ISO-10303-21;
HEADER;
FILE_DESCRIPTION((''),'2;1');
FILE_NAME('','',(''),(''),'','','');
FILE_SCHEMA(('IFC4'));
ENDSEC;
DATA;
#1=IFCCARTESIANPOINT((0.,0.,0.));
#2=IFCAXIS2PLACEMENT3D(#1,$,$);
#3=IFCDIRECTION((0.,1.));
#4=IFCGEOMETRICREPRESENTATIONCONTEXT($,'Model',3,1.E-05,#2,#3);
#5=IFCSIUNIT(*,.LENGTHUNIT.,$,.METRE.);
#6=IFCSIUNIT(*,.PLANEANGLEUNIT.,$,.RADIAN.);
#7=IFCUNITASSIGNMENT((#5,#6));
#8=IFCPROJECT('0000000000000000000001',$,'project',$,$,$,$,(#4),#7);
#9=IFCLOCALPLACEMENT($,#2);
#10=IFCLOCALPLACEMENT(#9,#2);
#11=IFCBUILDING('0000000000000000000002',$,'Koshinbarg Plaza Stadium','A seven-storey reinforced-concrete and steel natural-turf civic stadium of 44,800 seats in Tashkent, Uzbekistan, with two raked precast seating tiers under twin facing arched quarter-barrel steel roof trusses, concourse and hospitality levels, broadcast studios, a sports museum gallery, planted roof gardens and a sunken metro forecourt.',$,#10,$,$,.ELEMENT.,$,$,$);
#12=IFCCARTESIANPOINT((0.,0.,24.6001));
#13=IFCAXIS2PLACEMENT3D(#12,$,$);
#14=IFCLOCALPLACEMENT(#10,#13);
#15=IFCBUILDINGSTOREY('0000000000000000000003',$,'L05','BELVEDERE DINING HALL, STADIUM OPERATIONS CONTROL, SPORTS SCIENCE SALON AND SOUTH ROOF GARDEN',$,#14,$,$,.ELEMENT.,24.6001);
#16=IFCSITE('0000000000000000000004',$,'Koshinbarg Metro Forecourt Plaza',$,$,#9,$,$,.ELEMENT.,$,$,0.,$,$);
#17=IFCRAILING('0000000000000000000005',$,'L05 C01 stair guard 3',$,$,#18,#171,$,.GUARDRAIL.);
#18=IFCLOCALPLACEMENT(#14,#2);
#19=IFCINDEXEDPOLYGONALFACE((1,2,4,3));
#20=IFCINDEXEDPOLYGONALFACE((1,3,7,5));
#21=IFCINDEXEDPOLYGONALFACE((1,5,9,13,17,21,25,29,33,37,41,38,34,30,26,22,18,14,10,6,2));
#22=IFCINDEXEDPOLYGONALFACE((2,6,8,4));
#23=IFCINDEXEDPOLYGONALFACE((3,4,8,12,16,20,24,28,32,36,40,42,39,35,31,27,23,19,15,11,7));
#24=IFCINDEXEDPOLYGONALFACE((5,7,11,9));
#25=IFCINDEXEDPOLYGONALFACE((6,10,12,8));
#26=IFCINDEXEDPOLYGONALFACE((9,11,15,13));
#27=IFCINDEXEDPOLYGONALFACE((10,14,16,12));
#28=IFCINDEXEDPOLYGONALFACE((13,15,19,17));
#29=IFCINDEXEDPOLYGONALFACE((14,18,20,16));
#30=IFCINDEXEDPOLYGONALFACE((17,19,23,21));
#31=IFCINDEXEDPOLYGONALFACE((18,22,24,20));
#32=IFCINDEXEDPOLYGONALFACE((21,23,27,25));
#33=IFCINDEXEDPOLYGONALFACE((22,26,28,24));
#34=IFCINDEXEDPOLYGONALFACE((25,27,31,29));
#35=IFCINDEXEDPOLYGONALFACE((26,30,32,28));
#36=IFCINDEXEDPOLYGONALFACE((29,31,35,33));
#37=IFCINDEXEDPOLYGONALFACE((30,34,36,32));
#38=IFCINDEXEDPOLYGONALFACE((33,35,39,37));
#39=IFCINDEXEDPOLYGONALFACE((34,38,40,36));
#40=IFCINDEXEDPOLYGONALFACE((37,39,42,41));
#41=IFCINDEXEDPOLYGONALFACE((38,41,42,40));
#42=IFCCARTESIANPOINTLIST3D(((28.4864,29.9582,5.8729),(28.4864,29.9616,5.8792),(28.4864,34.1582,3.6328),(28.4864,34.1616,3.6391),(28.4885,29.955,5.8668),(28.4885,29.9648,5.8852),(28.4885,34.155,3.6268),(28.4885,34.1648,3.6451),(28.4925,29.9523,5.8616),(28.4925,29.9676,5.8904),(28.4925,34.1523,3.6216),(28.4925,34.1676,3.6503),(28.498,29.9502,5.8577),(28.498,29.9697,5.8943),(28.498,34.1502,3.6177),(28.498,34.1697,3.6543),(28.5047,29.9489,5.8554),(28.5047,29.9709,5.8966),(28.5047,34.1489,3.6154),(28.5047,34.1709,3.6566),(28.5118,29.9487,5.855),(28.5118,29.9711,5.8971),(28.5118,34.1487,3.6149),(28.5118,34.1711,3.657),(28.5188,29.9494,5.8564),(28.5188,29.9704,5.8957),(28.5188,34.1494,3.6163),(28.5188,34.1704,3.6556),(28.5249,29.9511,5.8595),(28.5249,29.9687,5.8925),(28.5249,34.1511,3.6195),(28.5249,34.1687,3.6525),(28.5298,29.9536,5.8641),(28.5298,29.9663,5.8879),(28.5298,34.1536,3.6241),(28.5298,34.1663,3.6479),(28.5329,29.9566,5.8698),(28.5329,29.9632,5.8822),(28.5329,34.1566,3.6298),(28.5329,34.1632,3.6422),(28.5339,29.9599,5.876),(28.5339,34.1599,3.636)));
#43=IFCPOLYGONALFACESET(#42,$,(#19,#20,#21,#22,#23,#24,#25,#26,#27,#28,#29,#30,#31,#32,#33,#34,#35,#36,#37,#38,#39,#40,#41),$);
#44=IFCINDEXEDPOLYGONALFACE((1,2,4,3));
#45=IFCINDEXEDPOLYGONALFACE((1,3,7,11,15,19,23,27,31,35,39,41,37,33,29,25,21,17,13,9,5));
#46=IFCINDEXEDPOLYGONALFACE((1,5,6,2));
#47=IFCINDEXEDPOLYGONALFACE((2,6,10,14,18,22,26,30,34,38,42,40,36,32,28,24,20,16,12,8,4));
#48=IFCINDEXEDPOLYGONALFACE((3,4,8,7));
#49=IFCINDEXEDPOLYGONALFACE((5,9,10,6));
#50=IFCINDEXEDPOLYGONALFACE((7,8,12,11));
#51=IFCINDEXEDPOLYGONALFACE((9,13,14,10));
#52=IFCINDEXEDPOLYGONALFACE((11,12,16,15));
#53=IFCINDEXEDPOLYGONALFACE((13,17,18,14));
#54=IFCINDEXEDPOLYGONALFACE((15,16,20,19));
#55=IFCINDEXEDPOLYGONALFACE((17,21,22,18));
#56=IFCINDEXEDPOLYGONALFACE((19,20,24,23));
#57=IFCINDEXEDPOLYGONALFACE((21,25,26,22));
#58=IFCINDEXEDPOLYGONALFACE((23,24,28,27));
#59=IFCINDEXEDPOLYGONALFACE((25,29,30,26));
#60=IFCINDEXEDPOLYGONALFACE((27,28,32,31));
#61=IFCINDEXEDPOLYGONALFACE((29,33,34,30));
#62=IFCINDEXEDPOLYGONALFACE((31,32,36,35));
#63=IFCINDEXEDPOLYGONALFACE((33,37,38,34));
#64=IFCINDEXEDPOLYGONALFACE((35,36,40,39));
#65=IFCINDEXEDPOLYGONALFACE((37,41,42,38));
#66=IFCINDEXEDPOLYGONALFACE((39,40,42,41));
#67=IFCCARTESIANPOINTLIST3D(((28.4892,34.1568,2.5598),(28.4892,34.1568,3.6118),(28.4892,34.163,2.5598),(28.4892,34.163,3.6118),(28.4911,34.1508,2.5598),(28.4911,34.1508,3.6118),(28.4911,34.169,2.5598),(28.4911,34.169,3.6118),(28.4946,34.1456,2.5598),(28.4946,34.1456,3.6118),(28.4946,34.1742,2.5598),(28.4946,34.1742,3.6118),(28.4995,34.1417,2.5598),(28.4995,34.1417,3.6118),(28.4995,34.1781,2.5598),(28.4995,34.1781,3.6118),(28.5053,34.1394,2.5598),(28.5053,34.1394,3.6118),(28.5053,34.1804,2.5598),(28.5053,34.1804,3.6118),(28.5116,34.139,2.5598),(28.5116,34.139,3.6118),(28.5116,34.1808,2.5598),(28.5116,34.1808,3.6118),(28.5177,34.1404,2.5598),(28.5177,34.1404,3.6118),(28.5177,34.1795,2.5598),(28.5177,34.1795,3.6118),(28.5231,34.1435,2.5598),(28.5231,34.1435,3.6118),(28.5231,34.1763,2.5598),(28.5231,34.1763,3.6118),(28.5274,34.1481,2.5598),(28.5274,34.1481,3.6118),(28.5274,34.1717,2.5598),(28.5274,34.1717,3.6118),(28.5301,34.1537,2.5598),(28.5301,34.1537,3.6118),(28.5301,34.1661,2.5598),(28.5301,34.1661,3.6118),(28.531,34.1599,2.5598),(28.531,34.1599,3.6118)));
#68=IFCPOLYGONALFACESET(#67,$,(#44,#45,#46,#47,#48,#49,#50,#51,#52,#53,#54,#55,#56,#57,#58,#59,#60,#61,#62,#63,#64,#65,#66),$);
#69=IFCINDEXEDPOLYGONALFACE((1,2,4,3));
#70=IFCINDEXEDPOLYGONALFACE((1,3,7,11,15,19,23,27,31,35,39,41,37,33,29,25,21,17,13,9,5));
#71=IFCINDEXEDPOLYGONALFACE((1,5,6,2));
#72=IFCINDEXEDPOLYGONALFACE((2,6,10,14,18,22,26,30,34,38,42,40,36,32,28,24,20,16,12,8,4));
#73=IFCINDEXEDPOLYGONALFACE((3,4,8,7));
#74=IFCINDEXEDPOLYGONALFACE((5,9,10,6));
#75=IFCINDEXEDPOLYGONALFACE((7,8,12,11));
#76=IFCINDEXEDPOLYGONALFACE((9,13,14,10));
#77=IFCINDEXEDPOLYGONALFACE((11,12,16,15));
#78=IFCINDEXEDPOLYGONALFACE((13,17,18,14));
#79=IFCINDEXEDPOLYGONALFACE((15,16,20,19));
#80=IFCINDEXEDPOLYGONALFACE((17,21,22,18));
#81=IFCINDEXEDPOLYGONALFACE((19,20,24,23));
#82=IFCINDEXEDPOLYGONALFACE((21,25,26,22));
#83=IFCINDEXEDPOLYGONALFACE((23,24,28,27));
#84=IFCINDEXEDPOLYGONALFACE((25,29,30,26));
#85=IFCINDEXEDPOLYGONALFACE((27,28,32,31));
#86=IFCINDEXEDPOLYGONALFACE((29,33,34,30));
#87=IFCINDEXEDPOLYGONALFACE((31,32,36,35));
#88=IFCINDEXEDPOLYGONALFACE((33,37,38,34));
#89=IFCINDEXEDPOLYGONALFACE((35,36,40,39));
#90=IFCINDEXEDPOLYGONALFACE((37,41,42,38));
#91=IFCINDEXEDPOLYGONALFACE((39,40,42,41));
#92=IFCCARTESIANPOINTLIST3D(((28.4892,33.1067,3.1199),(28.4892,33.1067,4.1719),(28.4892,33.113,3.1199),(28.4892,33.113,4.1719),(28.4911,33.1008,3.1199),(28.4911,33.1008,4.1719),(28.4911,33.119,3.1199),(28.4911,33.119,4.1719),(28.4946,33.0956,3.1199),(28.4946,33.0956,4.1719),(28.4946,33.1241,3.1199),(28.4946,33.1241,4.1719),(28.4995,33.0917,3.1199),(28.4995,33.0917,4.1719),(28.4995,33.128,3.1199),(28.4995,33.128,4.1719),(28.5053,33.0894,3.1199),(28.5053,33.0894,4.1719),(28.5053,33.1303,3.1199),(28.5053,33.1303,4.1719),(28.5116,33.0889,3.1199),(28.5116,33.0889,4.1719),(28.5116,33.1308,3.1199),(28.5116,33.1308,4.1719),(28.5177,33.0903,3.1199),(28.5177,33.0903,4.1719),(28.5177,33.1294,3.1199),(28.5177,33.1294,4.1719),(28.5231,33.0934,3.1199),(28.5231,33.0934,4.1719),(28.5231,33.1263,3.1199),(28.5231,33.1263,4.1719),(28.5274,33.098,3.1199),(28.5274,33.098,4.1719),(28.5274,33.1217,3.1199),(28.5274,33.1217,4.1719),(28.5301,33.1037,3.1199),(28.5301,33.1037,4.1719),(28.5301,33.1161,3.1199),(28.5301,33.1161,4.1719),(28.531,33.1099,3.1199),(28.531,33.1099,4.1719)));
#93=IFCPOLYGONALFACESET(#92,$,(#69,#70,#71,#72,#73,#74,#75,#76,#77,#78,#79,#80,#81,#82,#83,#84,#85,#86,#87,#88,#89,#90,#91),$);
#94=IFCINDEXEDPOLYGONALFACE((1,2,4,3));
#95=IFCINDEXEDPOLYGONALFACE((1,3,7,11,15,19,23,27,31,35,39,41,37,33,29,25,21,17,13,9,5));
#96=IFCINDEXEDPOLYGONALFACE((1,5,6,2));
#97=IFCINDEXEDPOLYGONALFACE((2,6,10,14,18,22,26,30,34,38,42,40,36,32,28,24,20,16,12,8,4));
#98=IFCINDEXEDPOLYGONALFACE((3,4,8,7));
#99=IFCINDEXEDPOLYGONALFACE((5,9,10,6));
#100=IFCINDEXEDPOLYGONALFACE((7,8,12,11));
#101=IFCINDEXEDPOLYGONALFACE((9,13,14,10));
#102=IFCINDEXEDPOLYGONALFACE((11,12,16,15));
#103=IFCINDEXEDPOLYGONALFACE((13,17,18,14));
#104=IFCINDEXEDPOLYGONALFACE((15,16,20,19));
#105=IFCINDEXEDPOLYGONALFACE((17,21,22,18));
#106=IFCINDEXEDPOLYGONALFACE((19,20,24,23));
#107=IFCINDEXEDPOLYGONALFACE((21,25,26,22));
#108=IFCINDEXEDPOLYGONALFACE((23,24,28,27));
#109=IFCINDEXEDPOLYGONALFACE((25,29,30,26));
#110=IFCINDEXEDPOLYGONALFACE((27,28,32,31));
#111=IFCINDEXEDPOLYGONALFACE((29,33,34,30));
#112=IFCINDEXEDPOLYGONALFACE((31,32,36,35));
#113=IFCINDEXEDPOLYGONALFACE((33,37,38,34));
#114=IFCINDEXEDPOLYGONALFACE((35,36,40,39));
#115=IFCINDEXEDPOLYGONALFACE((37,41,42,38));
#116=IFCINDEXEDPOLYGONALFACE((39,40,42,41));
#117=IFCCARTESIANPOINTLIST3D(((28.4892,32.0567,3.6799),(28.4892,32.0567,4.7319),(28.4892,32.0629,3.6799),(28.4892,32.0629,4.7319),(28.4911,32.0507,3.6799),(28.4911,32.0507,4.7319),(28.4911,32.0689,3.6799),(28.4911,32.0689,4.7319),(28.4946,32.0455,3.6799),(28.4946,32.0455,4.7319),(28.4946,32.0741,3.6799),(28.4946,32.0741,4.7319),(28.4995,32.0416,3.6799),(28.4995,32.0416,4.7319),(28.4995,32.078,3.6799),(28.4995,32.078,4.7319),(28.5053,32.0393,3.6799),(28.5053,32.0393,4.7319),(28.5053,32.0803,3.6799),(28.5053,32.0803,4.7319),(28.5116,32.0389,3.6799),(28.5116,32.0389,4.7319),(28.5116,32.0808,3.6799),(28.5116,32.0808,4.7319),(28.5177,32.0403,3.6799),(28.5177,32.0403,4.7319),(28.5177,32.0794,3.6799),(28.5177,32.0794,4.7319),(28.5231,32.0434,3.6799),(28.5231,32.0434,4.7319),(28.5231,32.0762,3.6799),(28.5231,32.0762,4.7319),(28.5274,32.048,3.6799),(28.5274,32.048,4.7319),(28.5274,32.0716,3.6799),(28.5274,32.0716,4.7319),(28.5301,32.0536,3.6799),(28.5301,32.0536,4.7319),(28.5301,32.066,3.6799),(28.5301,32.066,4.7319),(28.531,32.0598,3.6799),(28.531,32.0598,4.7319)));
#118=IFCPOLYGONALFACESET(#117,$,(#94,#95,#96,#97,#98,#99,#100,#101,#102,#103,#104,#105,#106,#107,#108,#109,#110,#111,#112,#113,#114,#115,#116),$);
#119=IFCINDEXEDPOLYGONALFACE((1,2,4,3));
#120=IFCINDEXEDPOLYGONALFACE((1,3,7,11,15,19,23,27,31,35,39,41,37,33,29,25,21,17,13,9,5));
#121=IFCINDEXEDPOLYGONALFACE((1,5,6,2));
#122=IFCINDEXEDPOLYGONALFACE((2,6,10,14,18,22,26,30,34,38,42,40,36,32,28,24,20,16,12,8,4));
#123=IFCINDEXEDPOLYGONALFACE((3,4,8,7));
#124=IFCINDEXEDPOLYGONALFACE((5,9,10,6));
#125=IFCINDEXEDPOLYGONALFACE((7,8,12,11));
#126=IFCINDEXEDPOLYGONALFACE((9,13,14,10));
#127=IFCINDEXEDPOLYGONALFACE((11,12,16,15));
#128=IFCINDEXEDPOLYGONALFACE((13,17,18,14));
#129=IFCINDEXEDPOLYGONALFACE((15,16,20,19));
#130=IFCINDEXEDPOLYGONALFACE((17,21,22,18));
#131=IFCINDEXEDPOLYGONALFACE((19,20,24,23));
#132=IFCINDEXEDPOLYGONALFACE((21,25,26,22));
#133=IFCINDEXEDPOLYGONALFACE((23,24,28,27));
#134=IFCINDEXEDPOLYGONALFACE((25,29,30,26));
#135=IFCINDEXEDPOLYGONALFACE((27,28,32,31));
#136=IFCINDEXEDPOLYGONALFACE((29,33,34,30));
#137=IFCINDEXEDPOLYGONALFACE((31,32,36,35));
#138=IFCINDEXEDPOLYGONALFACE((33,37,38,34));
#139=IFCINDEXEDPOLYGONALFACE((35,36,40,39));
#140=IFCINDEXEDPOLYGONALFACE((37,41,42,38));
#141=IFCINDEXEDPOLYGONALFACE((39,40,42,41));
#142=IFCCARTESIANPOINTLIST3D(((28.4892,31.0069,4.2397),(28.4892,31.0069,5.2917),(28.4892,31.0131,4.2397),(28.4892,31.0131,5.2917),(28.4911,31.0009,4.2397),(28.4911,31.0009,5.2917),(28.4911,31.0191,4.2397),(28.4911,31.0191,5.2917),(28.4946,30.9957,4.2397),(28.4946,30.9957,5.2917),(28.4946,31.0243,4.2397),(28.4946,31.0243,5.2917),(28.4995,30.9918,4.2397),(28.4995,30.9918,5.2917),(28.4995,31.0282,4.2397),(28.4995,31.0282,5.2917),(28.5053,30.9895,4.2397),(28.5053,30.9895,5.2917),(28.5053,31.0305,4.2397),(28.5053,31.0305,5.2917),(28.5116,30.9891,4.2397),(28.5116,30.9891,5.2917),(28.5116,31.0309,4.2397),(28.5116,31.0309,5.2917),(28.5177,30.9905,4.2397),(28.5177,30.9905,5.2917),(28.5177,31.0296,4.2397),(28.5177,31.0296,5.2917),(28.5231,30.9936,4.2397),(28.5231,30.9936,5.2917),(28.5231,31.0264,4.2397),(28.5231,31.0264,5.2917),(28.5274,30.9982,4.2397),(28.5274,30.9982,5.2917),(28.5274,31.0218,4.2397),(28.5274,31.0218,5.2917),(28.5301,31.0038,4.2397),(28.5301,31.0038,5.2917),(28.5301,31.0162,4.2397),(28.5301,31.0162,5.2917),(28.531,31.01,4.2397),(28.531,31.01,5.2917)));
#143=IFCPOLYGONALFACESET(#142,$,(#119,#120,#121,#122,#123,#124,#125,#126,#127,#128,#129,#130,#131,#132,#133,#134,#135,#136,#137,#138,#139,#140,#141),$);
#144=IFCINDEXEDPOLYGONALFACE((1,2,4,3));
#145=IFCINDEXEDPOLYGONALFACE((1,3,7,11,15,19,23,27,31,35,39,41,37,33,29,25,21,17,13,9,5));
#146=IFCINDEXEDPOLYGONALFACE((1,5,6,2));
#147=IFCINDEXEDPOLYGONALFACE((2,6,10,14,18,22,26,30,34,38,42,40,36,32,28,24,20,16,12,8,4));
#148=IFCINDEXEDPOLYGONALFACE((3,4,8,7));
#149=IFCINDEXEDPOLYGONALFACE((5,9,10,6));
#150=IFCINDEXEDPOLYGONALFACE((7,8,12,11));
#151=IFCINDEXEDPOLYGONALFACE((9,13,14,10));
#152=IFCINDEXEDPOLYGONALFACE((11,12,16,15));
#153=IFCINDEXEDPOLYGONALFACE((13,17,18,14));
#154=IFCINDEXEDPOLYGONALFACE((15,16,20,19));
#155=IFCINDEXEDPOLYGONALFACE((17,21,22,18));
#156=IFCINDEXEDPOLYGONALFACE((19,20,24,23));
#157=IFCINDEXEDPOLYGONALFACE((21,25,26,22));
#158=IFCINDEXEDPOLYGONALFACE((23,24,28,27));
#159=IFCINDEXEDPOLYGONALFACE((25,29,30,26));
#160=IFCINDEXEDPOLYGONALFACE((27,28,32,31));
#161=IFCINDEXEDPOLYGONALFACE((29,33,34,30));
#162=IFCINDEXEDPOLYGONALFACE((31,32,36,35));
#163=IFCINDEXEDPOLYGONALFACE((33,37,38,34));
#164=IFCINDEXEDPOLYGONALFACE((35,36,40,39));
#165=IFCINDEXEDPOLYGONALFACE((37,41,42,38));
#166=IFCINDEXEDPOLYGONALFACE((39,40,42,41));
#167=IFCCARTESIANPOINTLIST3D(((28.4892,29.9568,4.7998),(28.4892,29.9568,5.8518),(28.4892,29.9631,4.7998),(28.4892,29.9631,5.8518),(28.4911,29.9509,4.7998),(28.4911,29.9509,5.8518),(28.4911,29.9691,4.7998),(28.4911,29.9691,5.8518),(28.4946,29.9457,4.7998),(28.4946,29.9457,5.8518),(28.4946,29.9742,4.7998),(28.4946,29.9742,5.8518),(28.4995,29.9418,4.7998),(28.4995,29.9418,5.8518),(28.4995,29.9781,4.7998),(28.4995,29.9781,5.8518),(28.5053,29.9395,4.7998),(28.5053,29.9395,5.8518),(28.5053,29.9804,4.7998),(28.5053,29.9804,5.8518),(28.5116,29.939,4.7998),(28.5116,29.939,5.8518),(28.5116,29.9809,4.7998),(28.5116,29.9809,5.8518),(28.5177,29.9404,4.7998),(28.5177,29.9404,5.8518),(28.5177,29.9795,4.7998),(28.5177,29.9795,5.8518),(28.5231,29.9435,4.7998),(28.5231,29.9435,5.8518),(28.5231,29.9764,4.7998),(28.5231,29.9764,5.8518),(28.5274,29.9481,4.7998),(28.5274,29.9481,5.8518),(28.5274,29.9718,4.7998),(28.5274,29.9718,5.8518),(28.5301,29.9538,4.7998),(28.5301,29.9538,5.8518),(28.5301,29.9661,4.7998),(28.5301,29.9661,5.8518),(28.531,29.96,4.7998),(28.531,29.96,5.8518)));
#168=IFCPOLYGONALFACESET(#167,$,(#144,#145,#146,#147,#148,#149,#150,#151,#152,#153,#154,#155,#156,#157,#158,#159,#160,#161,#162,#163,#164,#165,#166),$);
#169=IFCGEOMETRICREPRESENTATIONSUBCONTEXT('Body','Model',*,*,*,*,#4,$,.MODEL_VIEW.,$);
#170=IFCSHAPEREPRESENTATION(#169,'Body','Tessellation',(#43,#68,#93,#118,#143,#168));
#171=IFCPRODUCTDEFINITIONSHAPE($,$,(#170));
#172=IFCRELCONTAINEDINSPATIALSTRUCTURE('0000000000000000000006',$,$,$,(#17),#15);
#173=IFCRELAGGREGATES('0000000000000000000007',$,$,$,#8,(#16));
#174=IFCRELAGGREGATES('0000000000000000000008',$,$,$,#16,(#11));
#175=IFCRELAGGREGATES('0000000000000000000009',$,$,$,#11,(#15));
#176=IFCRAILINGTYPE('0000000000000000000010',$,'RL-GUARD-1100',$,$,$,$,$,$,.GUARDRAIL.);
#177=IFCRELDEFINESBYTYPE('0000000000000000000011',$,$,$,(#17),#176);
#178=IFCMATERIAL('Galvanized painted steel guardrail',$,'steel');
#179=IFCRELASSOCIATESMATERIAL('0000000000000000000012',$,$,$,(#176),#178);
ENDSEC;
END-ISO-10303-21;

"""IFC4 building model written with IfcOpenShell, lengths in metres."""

from ifc_helpers import new_model, si_unit, direction, frame, origin, origin_2d, place, context, subcontext, project, spatial, circle, extrude, material, type_object, element, save


model = new_model("IFC4")

# Units and contexts
model_context = context("Model", 3, precision=1e-05, world=origin(), true_north=direction((0.0, 1.0)))
body_context = subcontext(model_context, "Body", "Model", "MODEL_VIEW")
ifc_project = project(units=[si_unit("LENGTHUNIT", "METRE"), si_unit("PLANEANGLEUNIT", "RADIAN")], contexts=[model_context])

# Site, building, storey
site_placement = place(None, origin())
site = spatial("IfcSite", under=ifc_project, at=site_placement, Name="Koshinbarg Metro Forecourt Plaza", CompositionType="ELEMENT", RefElevation=0.0)
building_placement = place(site_placement, origin())
building = spatial("IfcBuilding", under=site, at=building_placement, Name="Koshinbarg Plaza Stadium", Description="A seven-storey reinforced-concrete and steel natural-turf civic stadium of 44,800 seats in Tashkent, Uzbekistan, with two raked precast seating tiers under twin facing arched quarter-barrel steel roof trusses, concourse and hospitality levels, broadcast studios, a sports museum gallery, planted roof gardens and a sunken metro forecourt.", CompositionType="ELEMENT")
storey_placement = place(building_placement, frame((0.0, 0.0, 24.6001)))
storey = spatial("IfcBuildingStorey", under=building, at=storey_placement, Name="L05", Description="BELVEDERE DINING HALL, STADIUM OPERATIONS CONTROL, SPORTS SCIENCE SALON AND SOUTH ROOF GARDEN", CompositionType="ELEMENT", Elevation=24.6001)

# Railing
ifc_material_1 = material(Name="Galvanized painted steel guardrail", Category="steel")
railing_type_1 = type_object("IfcRailingType", Name="RL-GUARD-1100", PredefinedType="GUARDRAIL", material=ifc_material_1)
railing_1_placement = place(storey_placement, frame((28.51, 34.1599, 2.5598)))
element("IfcRailing", 1, at=railing_1_placement, inside=storey, type_object=railing_type_1, Name="L05 C01 stair guard 3", PredefinedType="GUARDRAIL", context=body_context, shape_type="SweptSolid", body=[
    extrude(circle(Radius=0.0239, at=origin_2d()), frame((0.0, 0.0, 1.0762), z_axis=(0.0, -0.882352, 0.470591), x_axis=(1.0, 0.0, 0.0)), (0.0, 0.0, 1.0), 4.76),
    extrude(circle(Radius=0.021, at=origin_2d()), origin(), (0.0, 0.0, 1.0), 1.052),
    extrude(circle(Radius=0.021, at=origin_2d()), frame((0.0, -1.05, 0.5601)), (0.0, 0.0, 1.0), 1.052),
    extrude(circle(Radius=0.021, at=origin_2d()), frame((0.0, -2.1001, 1.1201)), (0.0, 0.0, 1.0), 1.052),
    extrude(circle(Radius=0.021, at=origin_2d()), frame((0.0, -3.1499, 1.6799)), (0.0, 0.0, 1.0), 1.052),
    extrude(circle(Radius=0.021, at=origin_2d()), frame((0.0, -4.2, 2.24)), (0.0, 0.0, 1.0), 1.052),
])

save(model, "model.ifc")
